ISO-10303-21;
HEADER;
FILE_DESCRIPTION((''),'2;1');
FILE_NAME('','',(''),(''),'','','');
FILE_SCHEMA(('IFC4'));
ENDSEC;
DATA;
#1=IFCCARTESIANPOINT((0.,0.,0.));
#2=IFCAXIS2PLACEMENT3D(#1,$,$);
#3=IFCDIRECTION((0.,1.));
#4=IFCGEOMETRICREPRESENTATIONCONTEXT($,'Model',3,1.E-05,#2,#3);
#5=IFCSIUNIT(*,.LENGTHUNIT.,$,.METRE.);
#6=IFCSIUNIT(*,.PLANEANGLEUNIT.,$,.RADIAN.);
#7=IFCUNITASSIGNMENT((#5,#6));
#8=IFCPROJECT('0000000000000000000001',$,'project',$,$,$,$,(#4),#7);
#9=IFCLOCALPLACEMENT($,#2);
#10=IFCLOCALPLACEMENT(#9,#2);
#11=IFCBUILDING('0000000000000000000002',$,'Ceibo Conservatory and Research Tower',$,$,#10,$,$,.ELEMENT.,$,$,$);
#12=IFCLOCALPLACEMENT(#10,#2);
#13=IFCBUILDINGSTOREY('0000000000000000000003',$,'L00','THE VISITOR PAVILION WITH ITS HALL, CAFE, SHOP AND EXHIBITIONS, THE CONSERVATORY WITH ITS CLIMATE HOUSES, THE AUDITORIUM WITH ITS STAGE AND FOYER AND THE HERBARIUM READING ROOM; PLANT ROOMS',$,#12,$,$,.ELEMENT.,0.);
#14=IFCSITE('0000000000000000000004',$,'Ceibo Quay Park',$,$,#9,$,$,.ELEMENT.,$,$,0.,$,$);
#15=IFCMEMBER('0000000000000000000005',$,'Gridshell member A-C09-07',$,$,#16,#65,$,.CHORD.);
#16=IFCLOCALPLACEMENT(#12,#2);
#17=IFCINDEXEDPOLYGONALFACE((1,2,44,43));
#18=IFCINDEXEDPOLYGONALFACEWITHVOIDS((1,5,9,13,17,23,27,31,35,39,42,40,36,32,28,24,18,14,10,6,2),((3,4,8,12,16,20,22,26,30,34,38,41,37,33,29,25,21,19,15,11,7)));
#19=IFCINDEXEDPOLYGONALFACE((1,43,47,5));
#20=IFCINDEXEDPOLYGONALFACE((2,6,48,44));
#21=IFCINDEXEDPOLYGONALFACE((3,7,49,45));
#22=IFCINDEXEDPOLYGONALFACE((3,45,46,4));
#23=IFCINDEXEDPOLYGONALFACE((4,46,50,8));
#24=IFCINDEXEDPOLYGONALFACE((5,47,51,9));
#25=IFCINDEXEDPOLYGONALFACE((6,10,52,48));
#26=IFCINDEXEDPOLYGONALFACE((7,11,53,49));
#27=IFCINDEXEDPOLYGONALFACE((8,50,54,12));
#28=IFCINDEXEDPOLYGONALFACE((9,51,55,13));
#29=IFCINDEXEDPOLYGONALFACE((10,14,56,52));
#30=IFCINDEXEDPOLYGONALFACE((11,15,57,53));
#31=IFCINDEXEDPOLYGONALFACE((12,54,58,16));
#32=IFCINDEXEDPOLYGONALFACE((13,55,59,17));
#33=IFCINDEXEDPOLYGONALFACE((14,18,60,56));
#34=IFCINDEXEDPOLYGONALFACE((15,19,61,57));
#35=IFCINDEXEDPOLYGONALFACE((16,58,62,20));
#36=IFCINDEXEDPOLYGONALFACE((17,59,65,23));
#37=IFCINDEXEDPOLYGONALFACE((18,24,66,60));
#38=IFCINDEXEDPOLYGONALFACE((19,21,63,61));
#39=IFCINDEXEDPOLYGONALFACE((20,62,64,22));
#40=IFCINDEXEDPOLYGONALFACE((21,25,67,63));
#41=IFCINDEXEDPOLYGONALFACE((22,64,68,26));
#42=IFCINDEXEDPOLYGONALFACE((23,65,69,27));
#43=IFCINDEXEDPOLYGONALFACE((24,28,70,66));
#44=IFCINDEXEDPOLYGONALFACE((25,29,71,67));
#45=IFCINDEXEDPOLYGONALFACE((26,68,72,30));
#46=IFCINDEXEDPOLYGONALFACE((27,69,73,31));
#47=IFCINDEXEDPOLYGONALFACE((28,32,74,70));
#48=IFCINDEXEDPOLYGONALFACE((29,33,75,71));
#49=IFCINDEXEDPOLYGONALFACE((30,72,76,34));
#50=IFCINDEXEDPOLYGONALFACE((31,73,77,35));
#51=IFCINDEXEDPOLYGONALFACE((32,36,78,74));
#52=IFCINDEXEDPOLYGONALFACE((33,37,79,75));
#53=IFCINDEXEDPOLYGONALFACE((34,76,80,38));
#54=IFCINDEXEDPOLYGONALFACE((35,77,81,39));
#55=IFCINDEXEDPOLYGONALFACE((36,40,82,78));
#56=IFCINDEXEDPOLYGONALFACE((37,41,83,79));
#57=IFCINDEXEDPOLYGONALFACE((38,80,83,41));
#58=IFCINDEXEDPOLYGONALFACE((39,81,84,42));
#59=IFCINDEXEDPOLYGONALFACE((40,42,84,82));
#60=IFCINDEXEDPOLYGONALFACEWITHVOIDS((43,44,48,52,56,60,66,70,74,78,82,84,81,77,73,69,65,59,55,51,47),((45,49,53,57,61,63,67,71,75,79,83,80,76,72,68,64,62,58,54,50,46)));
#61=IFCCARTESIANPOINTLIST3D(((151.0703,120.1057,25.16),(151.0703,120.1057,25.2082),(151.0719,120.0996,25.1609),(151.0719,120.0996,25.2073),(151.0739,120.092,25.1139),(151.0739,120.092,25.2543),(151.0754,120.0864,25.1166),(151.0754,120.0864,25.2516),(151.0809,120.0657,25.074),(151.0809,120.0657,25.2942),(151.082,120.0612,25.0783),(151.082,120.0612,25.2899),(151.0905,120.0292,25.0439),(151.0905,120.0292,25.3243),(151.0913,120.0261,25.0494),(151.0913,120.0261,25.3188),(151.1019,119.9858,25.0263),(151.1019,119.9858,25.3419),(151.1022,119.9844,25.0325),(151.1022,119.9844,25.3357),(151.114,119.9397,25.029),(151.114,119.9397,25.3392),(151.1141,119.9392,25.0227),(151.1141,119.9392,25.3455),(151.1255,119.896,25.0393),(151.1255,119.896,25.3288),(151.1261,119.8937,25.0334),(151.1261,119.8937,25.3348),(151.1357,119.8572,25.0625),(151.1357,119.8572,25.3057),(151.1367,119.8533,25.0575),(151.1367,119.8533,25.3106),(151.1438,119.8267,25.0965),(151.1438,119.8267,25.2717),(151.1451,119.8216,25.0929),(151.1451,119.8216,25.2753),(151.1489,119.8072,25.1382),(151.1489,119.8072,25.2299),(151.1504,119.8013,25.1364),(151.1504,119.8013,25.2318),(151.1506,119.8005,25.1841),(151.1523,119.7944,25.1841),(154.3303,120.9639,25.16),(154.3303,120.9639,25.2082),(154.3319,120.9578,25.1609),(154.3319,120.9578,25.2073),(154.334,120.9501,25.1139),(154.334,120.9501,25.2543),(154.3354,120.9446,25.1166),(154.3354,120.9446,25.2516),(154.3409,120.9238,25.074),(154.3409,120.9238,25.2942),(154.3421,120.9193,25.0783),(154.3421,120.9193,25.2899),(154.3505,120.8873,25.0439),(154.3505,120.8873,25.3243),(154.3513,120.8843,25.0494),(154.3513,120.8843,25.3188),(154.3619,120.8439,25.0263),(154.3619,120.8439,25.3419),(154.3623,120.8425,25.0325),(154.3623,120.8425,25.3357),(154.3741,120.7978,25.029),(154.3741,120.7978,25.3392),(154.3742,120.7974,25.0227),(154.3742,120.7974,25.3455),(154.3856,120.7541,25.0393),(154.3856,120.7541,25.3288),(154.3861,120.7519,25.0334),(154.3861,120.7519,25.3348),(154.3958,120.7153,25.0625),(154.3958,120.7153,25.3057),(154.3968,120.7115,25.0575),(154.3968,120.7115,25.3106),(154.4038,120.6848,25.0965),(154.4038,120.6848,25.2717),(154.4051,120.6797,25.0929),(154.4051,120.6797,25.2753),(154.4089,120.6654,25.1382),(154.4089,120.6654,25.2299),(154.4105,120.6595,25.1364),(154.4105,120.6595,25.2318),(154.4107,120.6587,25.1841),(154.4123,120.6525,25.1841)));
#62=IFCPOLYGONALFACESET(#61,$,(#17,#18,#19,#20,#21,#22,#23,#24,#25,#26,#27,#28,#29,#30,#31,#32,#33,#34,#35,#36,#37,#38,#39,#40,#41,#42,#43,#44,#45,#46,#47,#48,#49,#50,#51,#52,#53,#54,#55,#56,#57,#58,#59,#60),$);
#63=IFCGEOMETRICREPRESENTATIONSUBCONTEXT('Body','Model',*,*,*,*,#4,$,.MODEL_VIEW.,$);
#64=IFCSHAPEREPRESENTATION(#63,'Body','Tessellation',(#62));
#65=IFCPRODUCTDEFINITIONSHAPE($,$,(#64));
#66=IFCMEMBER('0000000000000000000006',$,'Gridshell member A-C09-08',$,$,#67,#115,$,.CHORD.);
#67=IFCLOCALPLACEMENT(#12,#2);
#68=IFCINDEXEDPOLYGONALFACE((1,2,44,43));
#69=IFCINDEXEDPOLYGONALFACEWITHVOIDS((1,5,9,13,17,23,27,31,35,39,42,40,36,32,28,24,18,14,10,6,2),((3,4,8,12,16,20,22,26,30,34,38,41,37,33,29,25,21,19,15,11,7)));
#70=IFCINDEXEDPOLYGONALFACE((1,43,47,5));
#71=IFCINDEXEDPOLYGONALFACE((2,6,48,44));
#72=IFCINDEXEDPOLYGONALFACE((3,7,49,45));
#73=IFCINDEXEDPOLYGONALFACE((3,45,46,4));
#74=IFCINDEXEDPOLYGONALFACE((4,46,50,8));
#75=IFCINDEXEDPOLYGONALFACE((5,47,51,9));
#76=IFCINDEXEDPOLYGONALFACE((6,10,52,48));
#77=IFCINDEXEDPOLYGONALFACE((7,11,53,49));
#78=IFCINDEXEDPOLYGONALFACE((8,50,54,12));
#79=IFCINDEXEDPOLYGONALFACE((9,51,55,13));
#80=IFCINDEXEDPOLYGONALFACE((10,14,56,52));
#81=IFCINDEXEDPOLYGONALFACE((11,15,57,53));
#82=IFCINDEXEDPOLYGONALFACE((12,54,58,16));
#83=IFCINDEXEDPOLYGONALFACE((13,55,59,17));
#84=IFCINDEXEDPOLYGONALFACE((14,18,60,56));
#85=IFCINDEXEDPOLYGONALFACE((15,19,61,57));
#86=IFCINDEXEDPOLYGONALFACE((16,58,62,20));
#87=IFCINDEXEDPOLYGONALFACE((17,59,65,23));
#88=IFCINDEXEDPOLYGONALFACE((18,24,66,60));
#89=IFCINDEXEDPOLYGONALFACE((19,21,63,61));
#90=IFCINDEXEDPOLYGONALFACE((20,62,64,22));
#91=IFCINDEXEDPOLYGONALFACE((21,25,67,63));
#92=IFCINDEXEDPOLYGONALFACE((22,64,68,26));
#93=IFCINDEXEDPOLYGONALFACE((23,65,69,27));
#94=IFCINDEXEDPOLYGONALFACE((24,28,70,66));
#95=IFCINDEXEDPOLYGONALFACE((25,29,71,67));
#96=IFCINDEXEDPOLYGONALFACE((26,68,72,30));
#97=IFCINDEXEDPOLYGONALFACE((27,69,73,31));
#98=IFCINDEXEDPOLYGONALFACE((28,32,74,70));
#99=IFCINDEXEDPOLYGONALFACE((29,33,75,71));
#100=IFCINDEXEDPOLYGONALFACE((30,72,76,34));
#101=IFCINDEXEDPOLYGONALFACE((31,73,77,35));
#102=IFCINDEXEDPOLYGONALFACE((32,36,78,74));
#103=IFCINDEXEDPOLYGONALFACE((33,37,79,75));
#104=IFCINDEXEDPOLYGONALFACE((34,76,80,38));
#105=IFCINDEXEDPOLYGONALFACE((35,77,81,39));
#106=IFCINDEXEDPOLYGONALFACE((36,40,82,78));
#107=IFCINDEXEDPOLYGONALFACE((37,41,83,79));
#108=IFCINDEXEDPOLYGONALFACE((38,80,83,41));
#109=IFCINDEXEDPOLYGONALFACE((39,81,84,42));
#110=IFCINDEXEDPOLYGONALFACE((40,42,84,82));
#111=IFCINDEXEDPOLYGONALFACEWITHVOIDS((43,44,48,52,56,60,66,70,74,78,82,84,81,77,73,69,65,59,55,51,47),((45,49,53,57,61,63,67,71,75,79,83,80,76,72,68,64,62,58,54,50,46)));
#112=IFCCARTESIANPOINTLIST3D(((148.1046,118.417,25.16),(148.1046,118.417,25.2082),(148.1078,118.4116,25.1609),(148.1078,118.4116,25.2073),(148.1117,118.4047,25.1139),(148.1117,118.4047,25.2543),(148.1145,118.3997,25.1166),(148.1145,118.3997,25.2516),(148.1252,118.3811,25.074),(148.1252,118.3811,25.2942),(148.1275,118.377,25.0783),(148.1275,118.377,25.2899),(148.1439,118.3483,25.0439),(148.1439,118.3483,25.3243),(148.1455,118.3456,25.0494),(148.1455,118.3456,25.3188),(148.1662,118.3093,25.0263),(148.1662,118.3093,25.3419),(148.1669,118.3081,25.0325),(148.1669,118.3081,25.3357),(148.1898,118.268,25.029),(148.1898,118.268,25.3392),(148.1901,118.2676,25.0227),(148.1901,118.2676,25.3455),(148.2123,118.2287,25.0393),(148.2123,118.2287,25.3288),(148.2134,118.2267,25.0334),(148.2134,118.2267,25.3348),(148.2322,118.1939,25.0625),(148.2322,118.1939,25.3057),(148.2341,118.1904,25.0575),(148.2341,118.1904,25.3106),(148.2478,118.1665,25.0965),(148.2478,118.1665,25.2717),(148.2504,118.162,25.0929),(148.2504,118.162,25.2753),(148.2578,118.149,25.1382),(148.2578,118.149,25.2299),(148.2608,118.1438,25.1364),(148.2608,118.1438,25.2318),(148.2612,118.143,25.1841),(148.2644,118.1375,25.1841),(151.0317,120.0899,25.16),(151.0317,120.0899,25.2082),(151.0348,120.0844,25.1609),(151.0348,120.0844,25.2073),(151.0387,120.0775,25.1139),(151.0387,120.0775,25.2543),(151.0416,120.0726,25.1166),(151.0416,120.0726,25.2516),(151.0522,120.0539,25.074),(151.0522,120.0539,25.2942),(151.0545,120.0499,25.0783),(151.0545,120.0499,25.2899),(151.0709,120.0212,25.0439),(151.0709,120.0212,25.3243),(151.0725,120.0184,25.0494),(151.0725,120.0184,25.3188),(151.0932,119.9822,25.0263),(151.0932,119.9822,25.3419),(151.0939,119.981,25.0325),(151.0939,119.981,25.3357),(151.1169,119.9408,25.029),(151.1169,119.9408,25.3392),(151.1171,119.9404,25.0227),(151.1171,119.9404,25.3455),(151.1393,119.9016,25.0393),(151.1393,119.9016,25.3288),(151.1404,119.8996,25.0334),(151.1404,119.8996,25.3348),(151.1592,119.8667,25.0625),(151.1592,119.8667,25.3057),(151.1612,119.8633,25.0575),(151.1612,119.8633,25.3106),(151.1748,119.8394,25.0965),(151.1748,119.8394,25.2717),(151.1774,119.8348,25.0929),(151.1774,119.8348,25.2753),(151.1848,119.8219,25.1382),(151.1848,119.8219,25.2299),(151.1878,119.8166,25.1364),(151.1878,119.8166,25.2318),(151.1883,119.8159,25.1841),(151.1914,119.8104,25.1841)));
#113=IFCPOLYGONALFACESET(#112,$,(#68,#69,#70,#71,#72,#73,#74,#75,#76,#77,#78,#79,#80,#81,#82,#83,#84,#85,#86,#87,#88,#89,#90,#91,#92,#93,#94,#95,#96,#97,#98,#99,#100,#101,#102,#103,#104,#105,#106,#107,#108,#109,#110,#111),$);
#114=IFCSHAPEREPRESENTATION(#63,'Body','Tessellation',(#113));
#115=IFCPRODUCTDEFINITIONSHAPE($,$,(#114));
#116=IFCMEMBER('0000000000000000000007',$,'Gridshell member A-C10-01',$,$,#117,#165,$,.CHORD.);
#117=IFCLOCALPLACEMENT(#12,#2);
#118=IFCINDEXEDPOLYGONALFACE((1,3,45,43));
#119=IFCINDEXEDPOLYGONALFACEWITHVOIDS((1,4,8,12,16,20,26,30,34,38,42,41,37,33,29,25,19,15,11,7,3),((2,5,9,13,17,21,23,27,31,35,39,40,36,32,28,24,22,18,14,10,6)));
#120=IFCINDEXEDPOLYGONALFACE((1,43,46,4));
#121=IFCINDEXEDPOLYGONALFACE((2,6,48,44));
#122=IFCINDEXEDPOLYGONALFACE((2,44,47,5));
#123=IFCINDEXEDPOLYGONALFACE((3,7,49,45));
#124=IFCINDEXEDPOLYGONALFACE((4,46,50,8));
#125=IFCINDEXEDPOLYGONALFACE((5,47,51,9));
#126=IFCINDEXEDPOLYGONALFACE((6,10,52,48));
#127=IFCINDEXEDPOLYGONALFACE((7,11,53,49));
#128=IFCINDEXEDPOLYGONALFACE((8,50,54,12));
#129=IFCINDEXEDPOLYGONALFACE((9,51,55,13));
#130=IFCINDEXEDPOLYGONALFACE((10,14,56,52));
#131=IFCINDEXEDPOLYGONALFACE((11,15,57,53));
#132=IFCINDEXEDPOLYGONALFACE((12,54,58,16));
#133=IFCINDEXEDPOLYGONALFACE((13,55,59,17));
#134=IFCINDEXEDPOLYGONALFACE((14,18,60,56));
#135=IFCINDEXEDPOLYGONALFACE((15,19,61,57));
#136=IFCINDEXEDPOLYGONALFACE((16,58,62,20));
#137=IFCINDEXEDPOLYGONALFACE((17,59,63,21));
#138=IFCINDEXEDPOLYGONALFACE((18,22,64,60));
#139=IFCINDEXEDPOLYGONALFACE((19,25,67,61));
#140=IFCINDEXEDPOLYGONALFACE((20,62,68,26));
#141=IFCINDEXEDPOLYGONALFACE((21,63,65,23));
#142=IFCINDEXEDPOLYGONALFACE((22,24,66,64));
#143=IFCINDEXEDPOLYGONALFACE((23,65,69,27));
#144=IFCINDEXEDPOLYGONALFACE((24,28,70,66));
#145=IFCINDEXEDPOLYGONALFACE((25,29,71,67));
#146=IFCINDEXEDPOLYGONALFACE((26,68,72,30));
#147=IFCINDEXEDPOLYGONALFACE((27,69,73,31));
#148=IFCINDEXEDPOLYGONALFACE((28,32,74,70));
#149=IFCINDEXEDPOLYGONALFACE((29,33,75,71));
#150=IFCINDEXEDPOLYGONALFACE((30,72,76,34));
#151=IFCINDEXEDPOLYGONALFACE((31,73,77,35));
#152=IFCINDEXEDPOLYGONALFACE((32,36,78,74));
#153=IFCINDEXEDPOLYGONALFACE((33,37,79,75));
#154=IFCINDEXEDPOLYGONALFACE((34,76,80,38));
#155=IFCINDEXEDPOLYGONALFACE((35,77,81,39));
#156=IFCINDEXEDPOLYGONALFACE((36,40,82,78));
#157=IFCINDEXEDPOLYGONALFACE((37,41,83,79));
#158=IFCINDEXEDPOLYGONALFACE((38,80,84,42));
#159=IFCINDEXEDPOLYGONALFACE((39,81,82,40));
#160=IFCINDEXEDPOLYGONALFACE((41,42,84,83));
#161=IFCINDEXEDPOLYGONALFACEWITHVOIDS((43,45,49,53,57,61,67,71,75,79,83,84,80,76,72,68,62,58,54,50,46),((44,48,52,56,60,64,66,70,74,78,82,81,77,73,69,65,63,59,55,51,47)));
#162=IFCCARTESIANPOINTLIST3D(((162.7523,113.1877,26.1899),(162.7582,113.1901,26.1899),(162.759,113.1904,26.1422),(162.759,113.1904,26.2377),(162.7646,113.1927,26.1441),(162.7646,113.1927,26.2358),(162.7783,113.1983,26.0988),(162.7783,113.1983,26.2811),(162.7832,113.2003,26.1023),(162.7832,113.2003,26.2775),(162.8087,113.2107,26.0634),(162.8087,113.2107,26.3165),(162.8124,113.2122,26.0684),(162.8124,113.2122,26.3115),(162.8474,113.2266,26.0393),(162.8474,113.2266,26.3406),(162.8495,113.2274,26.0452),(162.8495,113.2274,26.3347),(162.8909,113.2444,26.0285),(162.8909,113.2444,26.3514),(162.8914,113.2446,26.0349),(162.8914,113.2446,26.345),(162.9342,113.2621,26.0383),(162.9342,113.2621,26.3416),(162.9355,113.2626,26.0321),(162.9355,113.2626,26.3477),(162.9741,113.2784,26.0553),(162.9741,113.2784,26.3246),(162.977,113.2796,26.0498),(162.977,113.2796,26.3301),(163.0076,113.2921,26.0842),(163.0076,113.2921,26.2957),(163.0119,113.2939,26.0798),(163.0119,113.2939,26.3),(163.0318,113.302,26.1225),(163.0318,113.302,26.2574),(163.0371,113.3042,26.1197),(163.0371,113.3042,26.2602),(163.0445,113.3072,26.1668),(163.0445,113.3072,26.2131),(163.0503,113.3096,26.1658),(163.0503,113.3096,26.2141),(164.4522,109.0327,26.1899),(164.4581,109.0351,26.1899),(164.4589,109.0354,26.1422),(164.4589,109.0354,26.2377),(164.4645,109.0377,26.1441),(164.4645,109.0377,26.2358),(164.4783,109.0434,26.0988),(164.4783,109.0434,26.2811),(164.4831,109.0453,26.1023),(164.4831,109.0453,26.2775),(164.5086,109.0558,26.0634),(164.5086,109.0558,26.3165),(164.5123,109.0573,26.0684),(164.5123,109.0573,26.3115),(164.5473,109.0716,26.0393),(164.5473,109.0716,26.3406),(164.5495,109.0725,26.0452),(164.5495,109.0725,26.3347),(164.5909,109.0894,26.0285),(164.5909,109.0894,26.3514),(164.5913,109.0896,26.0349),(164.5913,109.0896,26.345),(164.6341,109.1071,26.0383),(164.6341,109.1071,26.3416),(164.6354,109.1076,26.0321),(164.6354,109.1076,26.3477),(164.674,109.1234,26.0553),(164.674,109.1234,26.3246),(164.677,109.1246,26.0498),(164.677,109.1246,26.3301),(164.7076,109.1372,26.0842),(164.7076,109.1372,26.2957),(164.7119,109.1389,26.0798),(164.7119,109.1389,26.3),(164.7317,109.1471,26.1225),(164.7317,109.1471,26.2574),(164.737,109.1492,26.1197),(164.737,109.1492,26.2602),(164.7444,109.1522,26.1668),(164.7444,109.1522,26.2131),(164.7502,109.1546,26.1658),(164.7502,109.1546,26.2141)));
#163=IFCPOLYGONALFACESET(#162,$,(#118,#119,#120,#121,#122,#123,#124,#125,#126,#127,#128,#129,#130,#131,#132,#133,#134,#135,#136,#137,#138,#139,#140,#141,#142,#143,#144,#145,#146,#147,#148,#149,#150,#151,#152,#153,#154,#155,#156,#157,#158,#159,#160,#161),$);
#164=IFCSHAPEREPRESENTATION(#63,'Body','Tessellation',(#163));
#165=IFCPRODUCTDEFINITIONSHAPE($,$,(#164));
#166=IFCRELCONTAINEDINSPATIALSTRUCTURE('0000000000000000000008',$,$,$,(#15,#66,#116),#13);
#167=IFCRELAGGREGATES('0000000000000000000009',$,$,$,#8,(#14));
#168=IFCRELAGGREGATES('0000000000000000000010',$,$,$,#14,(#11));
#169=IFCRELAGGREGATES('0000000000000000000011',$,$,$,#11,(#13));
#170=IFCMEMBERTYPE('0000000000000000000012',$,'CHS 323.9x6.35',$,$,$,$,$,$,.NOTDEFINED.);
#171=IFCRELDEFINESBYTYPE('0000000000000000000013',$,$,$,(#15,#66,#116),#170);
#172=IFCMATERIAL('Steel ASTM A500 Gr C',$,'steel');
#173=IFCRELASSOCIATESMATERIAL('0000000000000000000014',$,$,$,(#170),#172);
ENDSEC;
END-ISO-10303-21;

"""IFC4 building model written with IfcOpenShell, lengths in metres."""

from ifc_helpers import new_model, si_unit, direction, frame, origin, origin_2d, place, context, subcontext, project, spatial, hollow_circle, extrude, material, material_profile, profile_set, type_object, element, save


model = new_model("IFC4")

# Units and contexts
model_context = context("Model", 3, precision=1e-05, world=origin(), true_north=direction((0.0, 1.0)))
body_context = subcontext(model_context, "Body", "Model", "MODEL_VIEW")
ifc_project = project(units=[si_unit("LENGTHUNIT", "METRE"), si_unit("PLANEANGLEUNIT", "RADIAN")], contexts=[model_context])

# Site, building, storey
site_placement = place(None, origin())
site = spatial("IfcSite", under=ifc_project, at=site_placement, Name="Ceibo Quay Park", CompositionType="ELEMENT", RefElevation=0.0)
building_placement = place(site_placement, origin())
building = spatial("IfcBuilding", under=site, at=building_placement, Name="Ceibo Conservatory and Research Tower", CompositionType="ELEMENT")
storey_placement = place(building_placement, origin())
storey = spatial("IfcBuildingStorey", under=building, at=storey_placement, Name="L00", Description="THE VISITOR PAVILION WITH ITS HALL, CAFE, SHOP AND EXHIBITIONS, THE CONSERVATORY WITH ITS CLIMATE HOUSES, THE AUDITORIUM WITH ITS STAGE AND FOYER AND THE HERBARIUM READING ROOM; PLANT ROOMS", CompositionType="ELEMENT", Elevation=0.0)

# Members
ifc_material_1 = material(Name="Steel ASTM A500 Gr C", Category="steel")
ifc_material_profile_1 = material_profile(ifc_material_1, hollow_circle(Radius=0.1619, WallThickness=0.0063, at=origin_2d()), Name="CHS 323.9x6.35")
ifc_profile_set_1 = profile_set([ifc_material_profile_1], Name="Steel ASTM A500 Gr C")
member_type_1 = type_object("IfcMemberType", Name="CHS 323.9x6.35", PredefinedType="NOTDEFINED", material=ifc_profile_set_1)
member_1_placement = place(storey_placement, frame((154.3711, 120.8091, 25.1841), z_axis=(-0.967056, -0.254565, 0.0), x_axis=(0.254565, -0.967056, 0.0)))
element("IfcMember", 1, at=member_1_placement, inside=storey, type_object=member_type_1, Name="Gridshell member A-C09-07", PredefinedType="CHORD", context=body_context, shape_type="SweptSolid", body=[
    extrude(hollow_circle(Radius=0.1619, WallThickness=0.0063, at=origin_2d()), origin(), (0.0, 0.0, 1.0), 3.3711),
])
member_2_placement = place(storey_placement, frame((151.1111, 119.9509, 25.1841), z_axis=(-0.868207, -0.496201, 0.0), x_axis=(0.496201, -0.868207, 0.0)))
element("IfcMember", 2, at=member_2_placement, inside=storey, type_object=member_type_1, Name="Gridshell member A-C09-08", PredefinedType="CHORD", context=body_context, shape_type="SweptSolid", body=[
    extrude(hollow_circle(Radius=0.1619, WallThickness=0.0063, at=origin_2d()), origin(), (0.0, 0.0, 1.0), 3.3713),
])
member_3_placement = place(storey_placement, frame((164.6021, 109.094, 26.1899), z_axis=(-0.378665, 0.925534, 0.0), x_axis=(-0.925534, -0.378665, 0.0)))
element("IfcMember", 3, at=member_3_placement, inside=storey, type_object=member_type_1, Name="Gridshell member A-C10-01", PredefinedType="CHORD", context=body_context, shape_type="SweptSolid", body=[
    extrude(hollow_circle(Radius=0.1619, WallThickness=0.0063, at=origin_2d()), origin(), (0.0, 0.0, 1.0), 4.4893),
])

save(model, "model.ifc")
